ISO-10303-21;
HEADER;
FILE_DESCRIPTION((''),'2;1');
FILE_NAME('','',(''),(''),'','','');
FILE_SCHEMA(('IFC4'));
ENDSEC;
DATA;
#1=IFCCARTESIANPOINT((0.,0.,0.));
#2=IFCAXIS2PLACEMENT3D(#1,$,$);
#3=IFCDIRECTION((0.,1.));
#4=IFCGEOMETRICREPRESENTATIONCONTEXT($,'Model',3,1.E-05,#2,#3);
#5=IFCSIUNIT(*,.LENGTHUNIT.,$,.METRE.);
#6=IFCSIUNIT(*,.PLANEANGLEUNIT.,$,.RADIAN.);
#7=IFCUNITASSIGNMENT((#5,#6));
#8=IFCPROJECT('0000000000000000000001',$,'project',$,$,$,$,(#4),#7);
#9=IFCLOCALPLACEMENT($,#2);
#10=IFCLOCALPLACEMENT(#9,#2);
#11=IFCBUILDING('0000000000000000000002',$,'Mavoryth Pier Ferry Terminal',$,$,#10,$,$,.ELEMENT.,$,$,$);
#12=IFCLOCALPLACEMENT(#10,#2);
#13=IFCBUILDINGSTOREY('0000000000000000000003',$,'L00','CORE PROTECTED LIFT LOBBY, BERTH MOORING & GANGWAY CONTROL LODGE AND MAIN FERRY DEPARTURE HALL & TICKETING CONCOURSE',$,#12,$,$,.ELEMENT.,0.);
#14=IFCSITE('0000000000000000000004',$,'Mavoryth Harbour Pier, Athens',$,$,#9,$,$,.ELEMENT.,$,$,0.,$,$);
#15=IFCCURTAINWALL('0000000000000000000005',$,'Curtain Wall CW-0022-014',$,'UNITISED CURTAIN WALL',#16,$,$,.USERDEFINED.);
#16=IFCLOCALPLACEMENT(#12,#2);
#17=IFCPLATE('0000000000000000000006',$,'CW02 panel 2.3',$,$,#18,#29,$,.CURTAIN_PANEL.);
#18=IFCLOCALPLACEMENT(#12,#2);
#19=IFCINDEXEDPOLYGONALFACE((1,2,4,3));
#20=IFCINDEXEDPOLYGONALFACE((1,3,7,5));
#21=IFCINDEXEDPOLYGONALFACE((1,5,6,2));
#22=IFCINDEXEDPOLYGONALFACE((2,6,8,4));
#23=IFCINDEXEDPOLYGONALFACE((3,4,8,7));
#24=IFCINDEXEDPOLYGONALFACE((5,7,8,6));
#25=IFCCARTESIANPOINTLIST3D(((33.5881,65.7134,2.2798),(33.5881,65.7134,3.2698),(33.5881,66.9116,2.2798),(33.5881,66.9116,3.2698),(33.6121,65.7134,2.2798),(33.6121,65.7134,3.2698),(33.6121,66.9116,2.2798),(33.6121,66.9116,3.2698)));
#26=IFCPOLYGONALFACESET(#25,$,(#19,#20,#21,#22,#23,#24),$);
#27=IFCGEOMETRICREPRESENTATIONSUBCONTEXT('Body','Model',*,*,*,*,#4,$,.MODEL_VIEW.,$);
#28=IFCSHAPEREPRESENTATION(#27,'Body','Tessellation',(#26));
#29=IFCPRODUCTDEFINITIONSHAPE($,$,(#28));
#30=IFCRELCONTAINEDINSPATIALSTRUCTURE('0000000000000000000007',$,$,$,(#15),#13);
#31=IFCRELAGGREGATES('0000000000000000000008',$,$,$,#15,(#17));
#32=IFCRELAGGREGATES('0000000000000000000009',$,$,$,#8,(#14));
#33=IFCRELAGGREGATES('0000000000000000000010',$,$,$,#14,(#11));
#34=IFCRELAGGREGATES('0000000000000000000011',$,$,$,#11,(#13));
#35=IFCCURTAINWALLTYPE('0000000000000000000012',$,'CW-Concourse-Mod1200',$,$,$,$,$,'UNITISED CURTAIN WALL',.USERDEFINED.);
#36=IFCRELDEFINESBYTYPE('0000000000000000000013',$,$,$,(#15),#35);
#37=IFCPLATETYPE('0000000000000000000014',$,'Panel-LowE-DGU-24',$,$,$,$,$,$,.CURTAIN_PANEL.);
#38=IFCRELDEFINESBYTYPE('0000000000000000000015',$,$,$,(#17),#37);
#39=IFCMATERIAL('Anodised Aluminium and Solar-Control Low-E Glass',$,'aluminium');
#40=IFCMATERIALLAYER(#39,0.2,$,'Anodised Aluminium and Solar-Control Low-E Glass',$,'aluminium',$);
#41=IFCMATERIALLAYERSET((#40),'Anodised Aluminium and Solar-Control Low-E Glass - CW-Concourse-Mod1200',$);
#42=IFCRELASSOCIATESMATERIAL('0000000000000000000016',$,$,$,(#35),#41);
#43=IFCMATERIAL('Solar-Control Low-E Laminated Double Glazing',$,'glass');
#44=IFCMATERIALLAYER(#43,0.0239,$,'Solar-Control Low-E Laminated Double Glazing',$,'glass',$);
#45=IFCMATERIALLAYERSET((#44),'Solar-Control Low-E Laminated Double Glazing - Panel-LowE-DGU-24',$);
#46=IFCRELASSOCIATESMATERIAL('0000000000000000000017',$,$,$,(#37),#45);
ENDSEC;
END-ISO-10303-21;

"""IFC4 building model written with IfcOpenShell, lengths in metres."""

from ifc_helpers import new_model, si_unit, direction, frame, origin, origin_2d, place, context, subcontext, project, spatial, rectangle, extrude, material, layer, layer_set, type_object, element, aggregate, save


model = new_model("IFC4")

# Units and contexts
model_context = context("Model", 3, precision=1e-05, world=origin(), true_north=direction((0.0, 1.0)))
body_context = subcontext(model_context, "Body", "Model", "MODEL_VIEW")
ifc_project = project(units=[si_unit("LENGTHUNIT", "METRE"), si_unit("PLANEANGLEUNIT", "RADIAN")], contexts=[model_context])

# Site, building, storey
site_placement = place(None, origin())
site = spatial("IfcSite", under=ifc_project, at=site_placement, Name="Mavoryth Harbour Pier, Athens", CompositionType="ELEMENT", RefElevation=0.0)
building_placement = place(site_placement, origin())
building = spatial("IfcBuilding", under=site, at=building_placement, Name="Mavoryth Pier Ferry Terminal", CompositionType="ELEMENT")
storey_placement = place(building_placement, origin())
storey = spatial("IfcBuildingStorey", under=building, at=storey_placement, Name="L00", Description="CORE PROTECTED LIFT LOBBY, BERTH MOORING & GANGWAY CONTROL LODGE AND MAIN FERRY DEPARTURE HALL & TICKETING CONCOURSE", CompositionType="ELEMENT", Elevation=0.0)

# Shared definitions
ifc_material_1 = material(Name="Anodised Aluminium and Solar-Control Low-E Glass", Category="aluminium")
ifc_layer_1 = layer(ifc_material_1, 0.2, Name="Anodised Aluminium and Solar-Control Low-E Glass", Category="aluminium")
ifc_layer_set_1 = layer_set([ifc_layer_1], Name="Anodised Aluminium and Solar-Control Low-E Glass - CW-Concourse-Mod1200")
curtain_wall_type = type_object("IfcCurtainWallType", Name="CW-Concourse-Mod1200", ElementType="UNITISED CURTAIN WALL", PredefinedType="USERDEFINED", material=ifc_layer_set_1)

# Curtain wall
curtain_wall_1_placement = place(storey_placement, origin())
curtain_wall_1 = element("IfcCurtainWall", 1, at=curtain_wall_1_placement, inside=storey, type_object=curtain_wall_type, Name="Curtain Wall CW-0022-014", ObjectType="UNITISED CURTAIN WALL", PredefinedType="USERDEFINED")

# Plate
ifc_material_2 = material(Name="Solar-Control Low-E Laminated Double Glazing", Category="glass")
ifc_layer_2 = layer(ifc_material_2, 0.0239, Name="Solar-Control Low-E Laminated Double Glazing", Category="glass")
ifc_layer_set_2 = layer_set([ifc_layer_2], Name="Solar-Control Low-E Laminated Double Glazing - Panel-LowE-DGU-24")
plate_type = type_object("IfcPlateType", Name="Panel-LowE-DGU-24", PredefinedType="CURTAIN_PANEL", material=ifc_layer_set_2)
plate_1_placement = place(storey_placement, frame((33.6001, 66.3125, 2.2798), z_axis=(0.0, 0.0, 1.0), x_axis=(0.0, 1.0, 0.0)))
plate_1 = element("IfcPlate", 2, at=plate_1_placement, type_object=plate_type, Name="CW02 panel 2.3", PredefinedType="CURTAIN_PANEL", context=body_context, shape_type="SweptSolid", body=[
    extrude(rectangle(XDim=1.1982, YDim=0.0239, at=origin_2d()), origin(), (0.0, 0.0, 1.0), 0.99),
])
aggregate(curtain_wall_1, [plate_1])

save(model, "model.ifc")
